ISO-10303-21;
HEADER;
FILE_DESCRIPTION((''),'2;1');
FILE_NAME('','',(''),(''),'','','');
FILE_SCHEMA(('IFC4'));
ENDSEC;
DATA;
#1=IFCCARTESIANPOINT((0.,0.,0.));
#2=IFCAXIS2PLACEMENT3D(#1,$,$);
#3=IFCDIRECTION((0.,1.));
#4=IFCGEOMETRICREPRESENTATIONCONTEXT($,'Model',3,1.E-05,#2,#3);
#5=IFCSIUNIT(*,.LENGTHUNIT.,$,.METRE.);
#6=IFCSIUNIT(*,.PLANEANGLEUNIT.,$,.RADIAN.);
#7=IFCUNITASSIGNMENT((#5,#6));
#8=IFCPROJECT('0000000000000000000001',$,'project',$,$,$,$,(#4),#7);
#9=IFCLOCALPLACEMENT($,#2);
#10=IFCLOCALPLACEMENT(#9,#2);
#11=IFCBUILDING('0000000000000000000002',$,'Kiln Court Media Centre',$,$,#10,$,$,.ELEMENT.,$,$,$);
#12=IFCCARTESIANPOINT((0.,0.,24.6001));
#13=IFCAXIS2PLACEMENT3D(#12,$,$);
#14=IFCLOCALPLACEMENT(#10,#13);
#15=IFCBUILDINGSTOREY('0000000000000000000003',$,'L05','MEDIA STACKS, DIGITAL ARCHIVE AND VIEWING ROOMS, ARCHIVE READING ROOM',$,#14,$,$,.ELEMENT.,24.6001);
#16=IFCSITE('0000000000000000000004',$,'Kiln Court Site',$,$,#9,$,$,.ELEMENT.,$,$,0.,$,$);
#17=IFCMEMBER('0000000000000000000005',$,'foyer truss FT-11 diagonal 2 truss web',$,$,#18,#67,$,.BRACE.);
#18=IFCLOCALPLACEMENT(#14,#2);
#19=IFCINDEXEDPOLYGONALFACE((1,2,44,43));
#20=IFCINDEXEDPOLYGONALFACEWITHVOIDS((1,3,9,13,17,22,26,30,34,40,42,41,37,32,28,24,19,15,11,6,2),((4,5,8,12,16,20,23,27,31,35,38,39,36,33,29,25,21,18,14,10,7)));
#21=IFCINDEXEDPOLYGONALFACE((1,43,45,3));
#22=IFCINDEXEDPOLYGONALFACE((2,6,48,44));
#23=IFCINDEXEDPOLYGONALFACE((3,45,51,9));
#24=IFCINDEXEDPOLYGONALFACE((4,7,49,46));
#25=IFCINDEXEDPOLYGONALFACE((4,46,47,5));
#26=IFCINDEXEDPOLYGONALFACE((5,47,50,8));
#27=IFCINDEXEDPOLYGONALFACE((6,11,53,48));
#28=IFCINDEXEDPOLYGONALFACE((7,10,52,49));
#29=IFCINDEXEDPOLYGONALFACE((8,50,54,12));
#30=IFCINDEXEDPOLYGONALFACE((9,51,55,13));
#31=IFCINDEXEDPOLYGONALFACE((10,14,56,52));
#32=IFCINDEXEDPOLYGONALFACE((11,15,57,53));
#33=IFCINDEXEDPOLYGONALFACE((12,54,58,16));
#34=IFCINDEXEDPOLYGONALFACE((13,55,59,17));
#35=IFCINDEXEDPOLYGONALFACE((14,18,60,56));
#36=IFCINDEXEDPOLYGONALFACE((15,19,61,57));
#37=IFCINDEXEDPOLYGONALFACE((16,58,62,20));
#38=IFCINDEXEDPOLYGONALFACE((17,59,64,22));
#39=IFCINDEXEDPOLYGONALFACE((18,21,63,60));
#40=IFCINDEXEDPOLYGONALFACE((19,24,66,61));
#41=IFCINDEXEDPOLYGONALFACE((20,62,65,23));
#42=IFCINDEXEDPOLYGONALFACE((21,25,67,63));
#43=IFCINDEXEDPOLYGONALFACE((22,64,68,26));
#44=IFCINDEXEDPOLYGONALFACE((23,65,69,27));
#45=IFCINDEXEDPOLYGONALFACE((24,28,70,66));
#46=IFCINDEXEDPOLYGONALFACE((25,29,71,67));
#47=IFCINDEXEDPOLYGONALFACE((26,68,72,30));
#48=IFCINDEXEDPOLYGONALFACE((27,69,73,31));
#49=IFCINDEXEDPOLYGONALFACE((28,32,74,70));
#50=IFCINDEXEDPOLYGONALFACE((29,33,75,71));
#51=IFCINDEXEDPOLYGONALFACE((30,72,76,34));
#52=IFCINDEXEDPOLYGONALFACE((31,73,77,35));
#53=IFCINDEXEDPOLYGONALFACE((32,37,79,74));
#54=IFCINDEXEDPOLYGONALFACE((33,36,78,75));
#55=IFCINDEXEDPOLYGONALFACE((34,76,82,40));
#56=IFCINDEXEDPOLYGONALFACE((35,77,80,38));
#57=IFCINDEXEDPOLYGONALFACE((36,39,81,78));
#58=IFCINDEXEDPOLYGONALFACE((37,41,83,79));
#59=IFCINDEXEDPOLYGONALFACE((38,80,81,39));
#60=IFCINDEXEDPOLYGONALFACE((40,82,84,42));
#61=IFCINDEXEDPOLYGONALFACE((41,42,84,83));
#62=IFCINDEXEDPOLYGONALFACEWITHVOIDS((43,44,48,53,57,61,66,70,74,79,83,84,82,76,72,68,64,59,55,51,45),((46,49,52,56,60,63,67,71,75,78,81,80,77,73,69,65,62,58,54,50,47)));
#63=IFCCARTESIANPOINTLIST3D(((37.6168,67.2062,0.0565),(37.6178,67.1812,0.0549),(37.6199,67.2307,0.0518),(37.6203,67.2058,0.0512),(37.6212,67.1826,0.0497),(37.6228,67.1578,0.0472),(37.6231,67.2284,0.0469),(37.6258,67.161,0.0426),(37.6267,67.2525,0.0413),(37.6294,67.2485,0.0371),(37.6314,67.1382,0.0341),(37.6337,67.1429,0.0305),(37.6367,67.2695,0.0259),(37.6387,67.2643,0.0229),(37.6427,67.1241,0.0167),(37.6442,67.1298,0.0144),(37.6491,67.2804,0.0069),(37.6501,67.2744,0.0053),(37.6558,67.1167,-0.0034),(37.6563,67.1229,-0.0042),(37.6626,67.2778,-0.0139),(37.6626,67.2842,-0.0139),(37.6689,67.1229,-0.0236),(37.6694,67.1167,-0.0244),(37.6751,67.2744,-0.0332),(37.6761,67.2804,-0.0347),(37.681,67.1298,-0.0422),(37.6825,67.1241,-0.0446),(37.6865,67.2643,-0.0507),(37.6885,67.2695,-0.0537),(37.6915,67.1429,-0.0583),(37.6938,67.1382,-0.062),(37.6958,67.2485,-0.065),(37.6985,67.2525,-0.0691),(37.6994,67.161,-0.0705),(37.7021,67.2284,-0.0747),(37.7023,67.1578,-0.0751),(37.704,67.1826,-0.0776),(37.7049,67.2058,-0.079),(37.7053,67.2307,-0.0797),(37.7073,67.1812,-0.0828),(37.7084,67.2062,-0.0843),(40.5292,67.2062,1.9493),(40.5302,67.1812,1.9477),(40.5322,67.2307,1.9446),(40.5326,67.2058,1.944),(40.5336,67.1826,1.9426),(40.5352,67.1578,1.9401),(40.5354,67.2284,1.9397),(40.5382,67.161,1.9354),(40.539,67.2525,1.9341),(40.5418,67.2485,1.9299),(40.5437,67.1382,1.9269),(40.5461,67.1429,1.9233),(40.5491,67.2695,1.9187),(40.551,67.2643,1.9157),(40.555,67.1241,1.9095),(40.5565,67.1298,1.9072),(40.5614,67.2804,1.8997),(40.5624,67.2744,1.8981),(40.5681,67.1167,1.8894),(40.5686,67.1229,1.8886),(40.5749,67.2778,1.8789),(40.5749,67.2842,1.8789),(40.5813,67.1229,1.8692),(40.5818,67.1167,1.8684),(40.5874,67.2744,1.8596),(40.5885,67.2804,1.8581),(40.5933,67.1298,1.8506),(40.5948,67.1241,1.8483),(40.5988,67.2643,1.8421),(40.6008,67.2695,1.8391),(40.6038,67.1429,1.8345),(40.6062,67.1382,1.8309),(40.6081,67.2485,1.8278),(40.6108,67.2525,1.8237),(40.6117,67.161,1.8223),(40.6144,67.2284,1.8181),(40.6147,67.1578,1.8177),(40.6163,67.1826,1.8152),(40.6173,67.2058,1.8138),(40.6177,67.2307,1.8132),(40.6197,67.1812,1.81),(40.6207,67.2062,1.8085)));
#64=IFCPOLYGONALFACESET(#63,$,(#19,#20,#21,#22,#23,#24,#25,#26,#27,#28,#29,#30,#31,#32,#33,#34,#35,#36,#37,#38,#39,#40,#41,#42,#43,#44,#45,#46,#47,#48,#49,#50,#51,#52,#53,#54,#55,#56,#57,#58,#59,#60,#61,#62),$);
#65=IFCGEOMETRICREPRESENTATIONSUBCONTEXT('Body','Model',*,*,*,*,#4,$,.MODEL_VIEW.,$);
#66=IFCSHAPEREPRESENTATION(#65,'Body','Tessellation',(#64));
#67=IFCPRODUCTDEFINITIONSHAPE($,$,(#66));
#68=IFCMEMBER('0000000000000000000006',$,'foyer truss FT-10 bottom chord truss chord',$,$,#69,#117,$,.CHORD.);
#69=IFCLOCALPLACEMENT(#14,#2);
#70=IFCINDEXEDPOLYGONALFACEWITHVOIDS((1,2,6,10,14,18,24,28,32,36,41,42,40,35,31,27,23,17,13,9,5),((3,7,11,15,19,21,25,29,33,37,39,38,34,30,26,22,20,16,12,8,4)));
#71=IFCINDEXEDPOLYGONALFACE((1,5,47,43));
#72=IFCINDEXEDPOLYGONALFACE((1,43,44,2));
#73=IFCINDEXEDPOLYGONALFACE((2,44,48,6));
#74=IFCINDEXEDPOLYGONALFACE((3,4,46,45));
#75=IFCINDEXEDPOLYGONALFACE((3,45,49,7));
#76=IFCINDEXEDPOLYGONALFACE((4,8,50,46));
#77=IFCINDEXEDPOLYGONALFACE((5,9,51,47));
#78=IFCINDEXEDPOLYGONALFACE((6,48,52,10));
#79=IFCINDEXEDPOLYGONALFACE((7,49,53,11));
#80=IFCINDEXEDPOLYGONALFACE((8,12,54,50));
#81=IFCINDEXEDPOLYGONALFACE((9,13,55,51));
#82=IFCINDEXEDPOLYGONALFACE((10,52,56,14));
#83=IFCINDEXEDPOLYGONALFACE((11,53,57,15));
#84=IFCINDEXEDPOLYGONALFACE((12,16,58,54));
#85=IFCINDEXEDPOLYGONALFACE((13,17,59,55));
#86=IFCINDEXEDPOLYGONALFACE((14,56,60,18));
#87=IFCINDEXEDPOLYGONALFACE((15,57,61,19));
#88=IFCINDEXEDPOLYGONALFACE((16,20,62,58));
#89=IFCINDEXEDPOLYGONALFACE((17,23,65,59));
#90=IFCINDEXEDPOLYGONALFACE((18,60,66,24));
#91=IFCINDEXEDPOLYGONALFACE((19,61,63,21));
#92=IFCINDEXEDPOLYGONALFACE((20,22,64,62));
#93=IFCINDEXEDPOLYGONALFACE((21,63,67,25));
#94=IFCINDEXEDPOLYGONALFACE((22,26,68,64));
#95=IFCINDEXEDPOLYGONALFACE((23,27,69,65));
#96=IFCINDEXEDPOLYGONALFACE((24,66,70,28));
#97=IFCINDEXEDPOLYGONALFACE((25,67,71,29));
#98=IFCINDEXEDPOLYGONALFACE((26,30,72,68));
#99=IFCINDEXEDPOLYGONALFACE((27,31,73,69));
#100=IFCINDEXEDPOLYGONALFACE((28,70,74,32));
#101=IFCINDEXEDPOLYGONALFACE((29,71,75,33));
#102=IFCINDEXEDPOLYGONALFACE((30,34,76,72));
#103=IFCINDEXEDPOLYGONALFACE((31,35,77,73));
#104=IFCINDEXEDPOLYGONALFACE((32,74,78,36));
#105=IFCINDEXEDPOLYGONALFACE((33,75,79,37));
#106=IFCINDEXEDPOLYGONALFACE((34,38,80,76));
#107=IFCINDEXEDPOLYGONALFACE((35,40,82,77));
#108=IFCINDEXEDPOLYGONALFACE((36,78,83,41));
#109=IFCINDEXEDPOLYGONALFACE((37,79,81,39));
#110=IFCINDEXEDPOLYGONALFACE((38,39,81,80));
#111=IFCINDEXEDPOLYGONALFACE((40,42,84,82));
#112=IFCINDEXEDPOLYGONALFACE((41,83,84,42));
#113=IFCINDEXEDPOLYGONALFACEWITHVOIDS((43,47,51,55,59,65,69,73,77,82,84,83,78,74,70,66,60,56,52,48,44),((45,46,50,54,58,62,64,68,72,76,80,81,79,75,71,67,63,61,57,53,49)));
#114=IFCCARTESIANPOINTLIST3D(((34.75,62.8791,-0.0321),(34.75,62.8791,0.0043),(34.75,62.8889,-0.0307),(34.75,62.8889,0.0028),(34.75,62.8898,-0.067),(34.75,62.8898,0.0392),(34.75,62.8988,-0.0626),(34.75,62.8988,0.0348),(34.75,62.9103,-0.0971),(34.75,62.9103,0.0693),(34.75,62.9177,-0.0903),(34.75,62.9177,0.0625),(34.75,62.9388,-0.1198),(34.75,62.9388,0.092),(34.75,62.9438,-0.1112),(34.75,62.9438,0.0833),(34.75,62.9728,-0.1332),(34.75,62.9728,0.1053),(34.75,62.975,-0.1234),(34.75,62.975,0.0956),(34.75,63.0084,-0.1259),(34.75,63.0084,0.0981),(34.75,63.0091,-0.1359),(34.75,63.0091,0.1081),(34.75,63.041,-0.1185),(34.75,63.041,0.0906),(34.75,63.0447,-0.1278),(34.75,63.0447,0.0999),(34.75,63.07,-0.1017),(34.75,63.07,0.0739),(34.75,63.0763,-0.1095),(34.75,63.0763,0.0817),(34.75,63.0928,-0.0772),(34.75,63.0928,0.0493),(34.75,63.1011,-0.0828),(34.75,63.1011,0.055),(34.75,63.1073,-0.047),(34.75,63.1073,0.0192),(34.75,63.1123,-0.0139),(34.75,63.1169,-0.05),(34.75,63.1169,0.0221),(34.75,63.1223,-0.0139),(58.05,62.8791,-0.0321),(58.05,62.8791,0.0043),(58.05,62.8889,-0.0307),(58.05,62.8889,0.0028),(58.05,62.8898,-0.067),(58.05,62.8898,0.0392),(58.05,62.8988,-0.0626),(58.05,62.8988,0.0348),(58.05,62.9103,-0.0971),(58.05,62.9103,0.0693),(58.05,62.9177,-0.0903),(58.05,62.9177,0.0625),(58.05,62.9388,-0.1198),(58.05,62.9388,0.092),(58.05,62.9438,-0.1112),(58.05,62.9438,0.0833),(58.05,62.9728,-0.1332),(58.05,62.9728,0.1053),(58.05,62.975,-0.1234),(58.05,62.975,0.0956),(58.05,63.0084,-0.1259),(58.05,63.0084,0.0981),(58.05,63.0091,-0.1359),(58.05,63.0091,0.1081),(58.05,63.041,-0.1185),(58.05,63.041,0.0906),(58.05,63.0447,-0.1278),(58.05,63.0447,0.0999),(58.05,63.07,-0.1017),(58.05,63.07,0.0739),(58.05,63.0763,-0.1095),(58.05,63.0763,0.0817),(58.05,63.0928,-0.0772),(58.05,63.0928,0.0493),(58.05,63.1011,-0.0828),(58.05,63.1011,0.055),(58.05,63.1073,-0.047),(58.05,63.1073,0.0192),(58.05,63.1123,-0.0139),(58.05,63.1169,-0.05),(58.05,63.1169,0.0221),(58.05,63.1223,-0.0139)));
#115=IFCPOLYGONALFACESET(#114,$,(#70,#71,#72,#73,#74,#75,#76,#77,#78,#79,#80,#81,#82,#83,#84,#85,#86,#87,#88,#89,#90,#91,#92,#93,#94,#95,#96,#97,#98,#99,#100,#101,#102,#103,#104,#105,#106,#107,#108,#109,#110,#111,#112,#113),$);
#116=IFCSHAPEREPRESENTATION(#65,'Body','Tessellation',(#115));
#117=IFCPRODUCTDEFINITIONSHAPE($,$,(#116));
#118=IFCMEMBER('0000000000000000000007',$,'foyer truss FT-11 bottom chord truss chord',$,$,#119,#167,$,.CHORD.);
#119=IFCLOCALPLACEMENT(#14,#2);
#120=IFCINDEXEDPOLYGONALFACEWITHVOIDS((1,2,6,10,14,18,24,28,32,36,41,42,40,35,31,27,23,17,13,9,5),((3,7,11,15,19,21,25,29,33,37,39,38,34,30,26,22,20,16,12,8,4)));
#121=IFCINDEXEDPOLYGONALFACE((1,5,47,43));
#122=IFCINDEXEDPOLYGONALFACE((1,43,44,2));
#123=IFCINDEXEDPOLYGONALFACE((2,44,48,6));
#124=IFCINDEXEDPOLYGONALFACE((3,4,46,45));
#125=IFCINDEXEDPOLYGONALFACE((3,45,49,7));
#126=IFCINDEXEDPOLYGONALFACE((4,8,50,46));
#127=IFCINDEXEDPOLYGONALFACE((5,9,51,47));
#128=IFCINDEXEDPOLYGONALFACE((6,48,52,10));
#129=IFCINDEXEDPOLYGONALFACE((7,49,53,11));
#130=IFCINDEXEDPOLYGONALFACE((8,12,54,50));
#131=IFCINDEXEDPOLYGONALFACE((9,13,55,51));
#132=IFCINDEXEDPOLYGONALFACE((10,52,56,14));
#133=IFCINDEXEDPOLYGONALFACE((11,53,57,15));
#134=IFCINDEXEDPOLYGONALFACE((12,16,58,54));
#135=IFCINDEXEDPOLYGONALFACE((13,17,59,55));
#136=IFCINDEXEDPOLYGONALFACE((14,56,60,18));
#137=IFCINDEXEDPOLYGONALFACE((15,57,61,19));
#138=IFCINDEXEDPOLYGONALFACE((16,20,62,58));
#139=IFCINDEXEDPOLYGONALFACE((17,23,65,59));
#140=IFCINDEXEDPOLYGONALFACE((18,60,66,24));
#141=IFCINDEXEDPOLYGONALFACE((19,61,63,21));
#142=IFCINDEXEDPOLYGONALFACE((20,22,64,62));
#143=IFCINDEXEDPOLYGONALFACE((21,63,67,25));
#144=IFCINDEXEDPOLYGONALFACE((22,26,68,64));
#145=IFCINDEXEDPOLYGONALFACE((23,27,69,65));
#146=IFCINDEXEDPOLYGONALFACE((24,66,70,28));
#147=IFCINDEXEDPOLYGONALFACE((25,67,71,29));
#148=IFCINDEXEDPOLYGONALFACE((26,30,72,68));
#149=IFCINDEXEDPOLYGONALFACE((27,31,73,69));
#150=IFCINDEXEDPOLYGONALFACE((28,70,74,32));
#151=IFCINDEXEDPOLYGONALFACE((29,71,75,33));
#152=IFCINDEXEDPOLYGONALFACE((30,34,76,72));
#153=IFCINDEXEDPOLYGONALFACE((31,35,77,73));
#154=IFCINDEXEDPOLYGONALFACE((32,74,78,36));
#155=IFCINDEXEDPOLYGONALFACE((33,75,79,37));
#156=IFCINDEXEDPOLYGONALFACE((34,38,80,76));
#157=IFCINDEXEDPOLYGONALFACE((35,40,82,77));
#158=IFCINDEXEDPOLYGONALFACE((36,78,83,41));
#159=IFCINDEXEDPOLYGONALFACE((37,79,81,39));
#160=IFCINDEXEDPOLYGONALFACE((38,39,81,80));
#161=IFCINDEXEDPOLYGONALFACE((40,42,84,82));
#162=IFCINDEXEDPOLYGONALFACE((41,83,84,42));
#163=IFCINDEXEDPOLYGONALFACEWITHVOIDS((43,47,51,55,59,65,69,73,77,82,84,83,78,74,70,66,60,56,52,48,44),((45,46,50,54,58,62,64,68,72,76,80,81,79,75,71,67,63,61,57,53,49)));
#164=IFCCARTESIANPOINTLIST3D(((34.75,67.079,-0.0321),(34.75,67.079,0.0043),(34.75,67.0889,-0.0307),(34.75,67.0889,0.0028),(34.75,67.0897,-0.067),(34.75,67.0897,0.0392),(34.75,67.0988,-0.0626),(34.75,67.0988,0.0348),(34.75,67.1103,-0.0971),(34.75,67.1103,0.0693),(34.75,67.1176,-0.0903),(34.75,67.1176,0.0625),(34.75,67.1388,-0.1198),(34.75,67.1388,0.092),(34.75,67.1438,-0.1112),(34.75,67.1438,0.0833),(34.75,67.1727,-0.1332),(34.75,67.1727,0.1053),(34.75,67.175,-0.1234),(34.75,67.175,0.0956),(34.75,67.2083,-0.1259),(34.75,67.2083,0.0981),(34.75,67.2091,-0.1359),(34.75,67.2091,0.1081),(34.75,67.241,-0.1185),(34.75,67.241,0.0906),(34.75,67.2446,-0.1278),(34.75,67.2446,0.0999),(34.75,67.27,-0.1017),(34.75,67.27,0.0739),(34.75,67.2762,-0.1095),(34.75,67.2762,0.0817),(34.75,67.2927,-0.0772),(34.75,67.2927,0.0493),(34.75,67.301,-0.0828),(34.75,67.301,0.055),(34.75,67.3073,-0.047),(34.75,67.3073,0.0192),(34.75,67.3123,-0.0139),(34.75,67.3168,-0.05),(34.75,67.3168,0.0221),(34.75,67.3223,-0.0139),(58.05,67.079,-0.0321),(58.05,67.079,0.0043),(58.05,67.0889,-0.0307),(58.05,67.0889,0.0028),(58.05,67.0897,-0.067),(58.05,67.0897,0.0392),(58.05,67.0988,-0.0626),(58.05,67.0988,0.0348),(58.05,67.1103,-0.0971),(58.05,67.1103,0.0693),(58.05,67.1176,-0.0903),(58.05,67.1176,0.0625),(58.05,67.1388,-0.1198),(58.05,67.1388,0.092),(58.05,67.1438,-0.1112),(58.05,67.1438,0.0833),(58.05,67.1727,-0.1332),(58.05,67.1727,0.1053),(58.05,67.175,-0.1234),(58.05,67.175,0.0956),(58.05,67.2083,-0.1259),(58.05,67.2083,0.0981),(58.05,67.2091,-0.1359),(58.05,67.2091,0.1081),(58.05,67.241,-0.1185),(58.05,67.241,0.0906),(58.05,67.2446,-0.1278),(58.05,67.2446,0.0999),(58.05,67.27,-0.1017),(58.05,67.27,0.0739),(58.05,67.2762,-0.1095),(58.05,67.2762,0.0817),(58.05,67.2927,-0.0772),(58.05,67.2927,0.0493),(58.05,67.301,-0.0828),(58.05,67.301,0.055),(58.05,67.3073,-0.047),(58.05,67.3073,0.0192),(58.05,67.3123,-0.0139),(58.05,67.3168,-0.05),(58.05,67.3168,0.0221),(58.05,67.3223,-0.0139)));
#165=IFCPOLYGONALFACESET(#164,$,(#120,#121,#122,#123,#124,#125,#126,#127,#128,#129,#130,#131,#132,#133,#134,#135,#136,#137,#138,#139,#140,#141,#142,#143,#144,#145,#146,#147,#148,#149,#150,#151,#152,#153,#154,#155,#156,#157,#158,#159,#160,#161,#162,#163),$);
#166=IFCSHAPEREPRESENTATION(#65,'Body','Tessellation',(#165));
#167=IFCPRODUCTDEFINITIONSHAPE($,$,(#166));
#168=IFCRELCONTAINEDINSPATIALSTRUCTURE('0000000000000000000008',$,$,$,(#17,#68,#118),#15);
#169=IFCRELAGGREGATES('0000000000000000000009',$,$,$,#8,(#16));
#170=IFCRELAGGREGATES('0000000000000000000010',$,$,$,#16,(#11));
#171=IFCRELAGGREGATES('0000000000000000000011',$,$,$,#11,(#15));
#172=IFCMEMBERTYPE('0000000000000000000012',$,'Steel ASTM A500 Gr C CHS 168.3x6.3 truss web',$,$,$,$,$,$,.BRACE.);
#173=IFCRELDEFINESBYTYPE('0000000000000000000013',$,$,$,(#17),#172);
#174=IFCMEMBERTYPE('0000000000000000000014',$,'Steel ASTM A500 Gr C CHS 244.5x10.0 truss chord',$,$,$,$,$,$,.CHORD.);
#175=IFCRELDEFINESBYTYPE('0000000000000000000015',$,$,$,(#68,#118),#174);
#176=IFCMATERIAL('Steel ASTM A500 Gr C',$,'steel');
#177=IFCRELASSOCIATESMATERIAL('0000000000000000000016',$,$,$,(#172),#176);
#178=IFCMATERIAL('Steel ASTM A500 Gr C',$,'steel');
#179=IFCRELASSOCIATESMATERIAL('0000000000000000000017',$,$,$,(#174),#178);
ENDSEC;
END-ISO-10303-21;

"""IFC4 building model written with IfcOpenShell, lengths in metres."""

from ifc_helpers import new_model, si_unit, direction, frame, origin, origin_2d, place, context, subcontext, project, spatial, hollow_circle, extrude, material, material_profile, profile_set, type_object, element, save


model = new_model("IFC4")

# Units and contexts
model_context = context("Model", 3, precision=1e-05, world=origin(), true_north=direction((0.0, 1.0)))
body_context = subcontext(model_context, "Body", "Model", "MODEL_VIEW")
ifc_project = project(units=[si_unit("LENGTHUNIT", "METRE"), si_unit("PLANEANGLEUNIT", "RADIAN")], contexts=[model_context])

# Site, building, storey
site_placement = place(None, origin())
site = spatial("IfcSite", under=ifc_project, at=site_placement, Name="Kiln Court Site", CompositionType="ELEMENT", RefElevation=0.0)
building_placement = place(site_placement, origin())
building = spatial("IfcBuilding", under=site, at=building_placement, Name="Kiln Court Media Centre", CompositionType="ELEMENT")
storey_placement = place(building_placement, frame((0.0, 0.0, 24.6001)))
storey = spatial("IfcBuildingStorey", under=building, at=storey_placement, Name="L05", Description="MEDIA STACKS, DIGITAL ARCHIVE AND VIEWING ROOMS, ARCHIVE READING ROOM", CompositionType="ELEMENT", Elevation=24.6001)

# Members
ifc_material_1 = material(Name="Steel ASTM A500 Gr C", Category="steel")
ifc_material_profile_1 = material_profile(ifc_material_1, hollow_circle(Radius=0.0842, WallThickness=0.0063, at=origin_2d()), Name="CHS 168.3x6.3")
ifc_profile_set_1 = profile_set([ifc_material_profile_1], Name="Steel ASTM A500 Gr C")
member_type_1 = type_object("IfcMemberType", Name="Steel ASTM A500 Gr C CHS 168.3x6.3 truss web", PredefinedType="BRACE", material=ifc_profile_set_1)
for number, where, z_axis, x_axis, name in (
    (1, (37.6626, 67.2, -0.0139), (0.838471, 0.0, 0.544946), (0.0, 1.0, 0.0), "foyer truss FT-11 diagonal 2 truss web"),
):
    element("IfcMember", number, at=place(storey_placement, frame(where, z_axis=z_axis, x_axis=x_axis)), inside=storey, type_object=member_type_1, Name=name, PredefinedType="BRACE", context=body_context, shape_type="SweptSolid", body=[
        extrude(hollow_circle(Radius=0.0842, WallThickness=0.0063, at=origin_2d()), origin(), (0.0, 0.0, 1.0), 3.4734),
    ])
ifc_material_2 = material(Name="Steel ASTM A500 Gr C", Category="steel")
ifc_material_profile_2 = material_profile(ifc_material_2, hollow_circle(Radius=0.1223, WallThickness=0.01, at=origin_2d()), Name="CHS 244.5x10.0")
ifc_profile_set_2 = profile_set([ifc_material_profile_2], Name="Steel ASTM A500 Gr C")
member_type_2 = type_object("IfcMemberType", Name="Steel ASTM A500 Gr C CHS 244.5x10.0 truss chord", PredefinedType="CHORD", material=ifc_profile_set_2)
for number, where, z_axis, x_axis, name in (
    (2, (34.75, 63.0, -0.0139), (1.0, 0.0, 0.0), (0.0, 1.0, 0.0), "foyer truss FT-10 bottom chord truss chord"),
    (3, (34.75, 67.2, -0.0139), (1.0, 0.0, 0.0), (0.0, 1.0, 0.0), "foyer truss FT-11 bottom chord truss chord"),
):
    element("IfcMember", number, at=place(storey_placement, frame(where, z_axis=z_axis, x_axis=x_axis)), inside=storey, type_object=member_type_2, Name=name, PredefinedType="CHORD", context=body_context, shape_type="SweptSolid", body=[
        extrude(hollow_circle(Radius=0.1223, WallThickness=0.01, at=origin_2d()), origin(), (0.0, 0.0, 1.0), 23.3),
    ])

save(model, "model.ifc")
